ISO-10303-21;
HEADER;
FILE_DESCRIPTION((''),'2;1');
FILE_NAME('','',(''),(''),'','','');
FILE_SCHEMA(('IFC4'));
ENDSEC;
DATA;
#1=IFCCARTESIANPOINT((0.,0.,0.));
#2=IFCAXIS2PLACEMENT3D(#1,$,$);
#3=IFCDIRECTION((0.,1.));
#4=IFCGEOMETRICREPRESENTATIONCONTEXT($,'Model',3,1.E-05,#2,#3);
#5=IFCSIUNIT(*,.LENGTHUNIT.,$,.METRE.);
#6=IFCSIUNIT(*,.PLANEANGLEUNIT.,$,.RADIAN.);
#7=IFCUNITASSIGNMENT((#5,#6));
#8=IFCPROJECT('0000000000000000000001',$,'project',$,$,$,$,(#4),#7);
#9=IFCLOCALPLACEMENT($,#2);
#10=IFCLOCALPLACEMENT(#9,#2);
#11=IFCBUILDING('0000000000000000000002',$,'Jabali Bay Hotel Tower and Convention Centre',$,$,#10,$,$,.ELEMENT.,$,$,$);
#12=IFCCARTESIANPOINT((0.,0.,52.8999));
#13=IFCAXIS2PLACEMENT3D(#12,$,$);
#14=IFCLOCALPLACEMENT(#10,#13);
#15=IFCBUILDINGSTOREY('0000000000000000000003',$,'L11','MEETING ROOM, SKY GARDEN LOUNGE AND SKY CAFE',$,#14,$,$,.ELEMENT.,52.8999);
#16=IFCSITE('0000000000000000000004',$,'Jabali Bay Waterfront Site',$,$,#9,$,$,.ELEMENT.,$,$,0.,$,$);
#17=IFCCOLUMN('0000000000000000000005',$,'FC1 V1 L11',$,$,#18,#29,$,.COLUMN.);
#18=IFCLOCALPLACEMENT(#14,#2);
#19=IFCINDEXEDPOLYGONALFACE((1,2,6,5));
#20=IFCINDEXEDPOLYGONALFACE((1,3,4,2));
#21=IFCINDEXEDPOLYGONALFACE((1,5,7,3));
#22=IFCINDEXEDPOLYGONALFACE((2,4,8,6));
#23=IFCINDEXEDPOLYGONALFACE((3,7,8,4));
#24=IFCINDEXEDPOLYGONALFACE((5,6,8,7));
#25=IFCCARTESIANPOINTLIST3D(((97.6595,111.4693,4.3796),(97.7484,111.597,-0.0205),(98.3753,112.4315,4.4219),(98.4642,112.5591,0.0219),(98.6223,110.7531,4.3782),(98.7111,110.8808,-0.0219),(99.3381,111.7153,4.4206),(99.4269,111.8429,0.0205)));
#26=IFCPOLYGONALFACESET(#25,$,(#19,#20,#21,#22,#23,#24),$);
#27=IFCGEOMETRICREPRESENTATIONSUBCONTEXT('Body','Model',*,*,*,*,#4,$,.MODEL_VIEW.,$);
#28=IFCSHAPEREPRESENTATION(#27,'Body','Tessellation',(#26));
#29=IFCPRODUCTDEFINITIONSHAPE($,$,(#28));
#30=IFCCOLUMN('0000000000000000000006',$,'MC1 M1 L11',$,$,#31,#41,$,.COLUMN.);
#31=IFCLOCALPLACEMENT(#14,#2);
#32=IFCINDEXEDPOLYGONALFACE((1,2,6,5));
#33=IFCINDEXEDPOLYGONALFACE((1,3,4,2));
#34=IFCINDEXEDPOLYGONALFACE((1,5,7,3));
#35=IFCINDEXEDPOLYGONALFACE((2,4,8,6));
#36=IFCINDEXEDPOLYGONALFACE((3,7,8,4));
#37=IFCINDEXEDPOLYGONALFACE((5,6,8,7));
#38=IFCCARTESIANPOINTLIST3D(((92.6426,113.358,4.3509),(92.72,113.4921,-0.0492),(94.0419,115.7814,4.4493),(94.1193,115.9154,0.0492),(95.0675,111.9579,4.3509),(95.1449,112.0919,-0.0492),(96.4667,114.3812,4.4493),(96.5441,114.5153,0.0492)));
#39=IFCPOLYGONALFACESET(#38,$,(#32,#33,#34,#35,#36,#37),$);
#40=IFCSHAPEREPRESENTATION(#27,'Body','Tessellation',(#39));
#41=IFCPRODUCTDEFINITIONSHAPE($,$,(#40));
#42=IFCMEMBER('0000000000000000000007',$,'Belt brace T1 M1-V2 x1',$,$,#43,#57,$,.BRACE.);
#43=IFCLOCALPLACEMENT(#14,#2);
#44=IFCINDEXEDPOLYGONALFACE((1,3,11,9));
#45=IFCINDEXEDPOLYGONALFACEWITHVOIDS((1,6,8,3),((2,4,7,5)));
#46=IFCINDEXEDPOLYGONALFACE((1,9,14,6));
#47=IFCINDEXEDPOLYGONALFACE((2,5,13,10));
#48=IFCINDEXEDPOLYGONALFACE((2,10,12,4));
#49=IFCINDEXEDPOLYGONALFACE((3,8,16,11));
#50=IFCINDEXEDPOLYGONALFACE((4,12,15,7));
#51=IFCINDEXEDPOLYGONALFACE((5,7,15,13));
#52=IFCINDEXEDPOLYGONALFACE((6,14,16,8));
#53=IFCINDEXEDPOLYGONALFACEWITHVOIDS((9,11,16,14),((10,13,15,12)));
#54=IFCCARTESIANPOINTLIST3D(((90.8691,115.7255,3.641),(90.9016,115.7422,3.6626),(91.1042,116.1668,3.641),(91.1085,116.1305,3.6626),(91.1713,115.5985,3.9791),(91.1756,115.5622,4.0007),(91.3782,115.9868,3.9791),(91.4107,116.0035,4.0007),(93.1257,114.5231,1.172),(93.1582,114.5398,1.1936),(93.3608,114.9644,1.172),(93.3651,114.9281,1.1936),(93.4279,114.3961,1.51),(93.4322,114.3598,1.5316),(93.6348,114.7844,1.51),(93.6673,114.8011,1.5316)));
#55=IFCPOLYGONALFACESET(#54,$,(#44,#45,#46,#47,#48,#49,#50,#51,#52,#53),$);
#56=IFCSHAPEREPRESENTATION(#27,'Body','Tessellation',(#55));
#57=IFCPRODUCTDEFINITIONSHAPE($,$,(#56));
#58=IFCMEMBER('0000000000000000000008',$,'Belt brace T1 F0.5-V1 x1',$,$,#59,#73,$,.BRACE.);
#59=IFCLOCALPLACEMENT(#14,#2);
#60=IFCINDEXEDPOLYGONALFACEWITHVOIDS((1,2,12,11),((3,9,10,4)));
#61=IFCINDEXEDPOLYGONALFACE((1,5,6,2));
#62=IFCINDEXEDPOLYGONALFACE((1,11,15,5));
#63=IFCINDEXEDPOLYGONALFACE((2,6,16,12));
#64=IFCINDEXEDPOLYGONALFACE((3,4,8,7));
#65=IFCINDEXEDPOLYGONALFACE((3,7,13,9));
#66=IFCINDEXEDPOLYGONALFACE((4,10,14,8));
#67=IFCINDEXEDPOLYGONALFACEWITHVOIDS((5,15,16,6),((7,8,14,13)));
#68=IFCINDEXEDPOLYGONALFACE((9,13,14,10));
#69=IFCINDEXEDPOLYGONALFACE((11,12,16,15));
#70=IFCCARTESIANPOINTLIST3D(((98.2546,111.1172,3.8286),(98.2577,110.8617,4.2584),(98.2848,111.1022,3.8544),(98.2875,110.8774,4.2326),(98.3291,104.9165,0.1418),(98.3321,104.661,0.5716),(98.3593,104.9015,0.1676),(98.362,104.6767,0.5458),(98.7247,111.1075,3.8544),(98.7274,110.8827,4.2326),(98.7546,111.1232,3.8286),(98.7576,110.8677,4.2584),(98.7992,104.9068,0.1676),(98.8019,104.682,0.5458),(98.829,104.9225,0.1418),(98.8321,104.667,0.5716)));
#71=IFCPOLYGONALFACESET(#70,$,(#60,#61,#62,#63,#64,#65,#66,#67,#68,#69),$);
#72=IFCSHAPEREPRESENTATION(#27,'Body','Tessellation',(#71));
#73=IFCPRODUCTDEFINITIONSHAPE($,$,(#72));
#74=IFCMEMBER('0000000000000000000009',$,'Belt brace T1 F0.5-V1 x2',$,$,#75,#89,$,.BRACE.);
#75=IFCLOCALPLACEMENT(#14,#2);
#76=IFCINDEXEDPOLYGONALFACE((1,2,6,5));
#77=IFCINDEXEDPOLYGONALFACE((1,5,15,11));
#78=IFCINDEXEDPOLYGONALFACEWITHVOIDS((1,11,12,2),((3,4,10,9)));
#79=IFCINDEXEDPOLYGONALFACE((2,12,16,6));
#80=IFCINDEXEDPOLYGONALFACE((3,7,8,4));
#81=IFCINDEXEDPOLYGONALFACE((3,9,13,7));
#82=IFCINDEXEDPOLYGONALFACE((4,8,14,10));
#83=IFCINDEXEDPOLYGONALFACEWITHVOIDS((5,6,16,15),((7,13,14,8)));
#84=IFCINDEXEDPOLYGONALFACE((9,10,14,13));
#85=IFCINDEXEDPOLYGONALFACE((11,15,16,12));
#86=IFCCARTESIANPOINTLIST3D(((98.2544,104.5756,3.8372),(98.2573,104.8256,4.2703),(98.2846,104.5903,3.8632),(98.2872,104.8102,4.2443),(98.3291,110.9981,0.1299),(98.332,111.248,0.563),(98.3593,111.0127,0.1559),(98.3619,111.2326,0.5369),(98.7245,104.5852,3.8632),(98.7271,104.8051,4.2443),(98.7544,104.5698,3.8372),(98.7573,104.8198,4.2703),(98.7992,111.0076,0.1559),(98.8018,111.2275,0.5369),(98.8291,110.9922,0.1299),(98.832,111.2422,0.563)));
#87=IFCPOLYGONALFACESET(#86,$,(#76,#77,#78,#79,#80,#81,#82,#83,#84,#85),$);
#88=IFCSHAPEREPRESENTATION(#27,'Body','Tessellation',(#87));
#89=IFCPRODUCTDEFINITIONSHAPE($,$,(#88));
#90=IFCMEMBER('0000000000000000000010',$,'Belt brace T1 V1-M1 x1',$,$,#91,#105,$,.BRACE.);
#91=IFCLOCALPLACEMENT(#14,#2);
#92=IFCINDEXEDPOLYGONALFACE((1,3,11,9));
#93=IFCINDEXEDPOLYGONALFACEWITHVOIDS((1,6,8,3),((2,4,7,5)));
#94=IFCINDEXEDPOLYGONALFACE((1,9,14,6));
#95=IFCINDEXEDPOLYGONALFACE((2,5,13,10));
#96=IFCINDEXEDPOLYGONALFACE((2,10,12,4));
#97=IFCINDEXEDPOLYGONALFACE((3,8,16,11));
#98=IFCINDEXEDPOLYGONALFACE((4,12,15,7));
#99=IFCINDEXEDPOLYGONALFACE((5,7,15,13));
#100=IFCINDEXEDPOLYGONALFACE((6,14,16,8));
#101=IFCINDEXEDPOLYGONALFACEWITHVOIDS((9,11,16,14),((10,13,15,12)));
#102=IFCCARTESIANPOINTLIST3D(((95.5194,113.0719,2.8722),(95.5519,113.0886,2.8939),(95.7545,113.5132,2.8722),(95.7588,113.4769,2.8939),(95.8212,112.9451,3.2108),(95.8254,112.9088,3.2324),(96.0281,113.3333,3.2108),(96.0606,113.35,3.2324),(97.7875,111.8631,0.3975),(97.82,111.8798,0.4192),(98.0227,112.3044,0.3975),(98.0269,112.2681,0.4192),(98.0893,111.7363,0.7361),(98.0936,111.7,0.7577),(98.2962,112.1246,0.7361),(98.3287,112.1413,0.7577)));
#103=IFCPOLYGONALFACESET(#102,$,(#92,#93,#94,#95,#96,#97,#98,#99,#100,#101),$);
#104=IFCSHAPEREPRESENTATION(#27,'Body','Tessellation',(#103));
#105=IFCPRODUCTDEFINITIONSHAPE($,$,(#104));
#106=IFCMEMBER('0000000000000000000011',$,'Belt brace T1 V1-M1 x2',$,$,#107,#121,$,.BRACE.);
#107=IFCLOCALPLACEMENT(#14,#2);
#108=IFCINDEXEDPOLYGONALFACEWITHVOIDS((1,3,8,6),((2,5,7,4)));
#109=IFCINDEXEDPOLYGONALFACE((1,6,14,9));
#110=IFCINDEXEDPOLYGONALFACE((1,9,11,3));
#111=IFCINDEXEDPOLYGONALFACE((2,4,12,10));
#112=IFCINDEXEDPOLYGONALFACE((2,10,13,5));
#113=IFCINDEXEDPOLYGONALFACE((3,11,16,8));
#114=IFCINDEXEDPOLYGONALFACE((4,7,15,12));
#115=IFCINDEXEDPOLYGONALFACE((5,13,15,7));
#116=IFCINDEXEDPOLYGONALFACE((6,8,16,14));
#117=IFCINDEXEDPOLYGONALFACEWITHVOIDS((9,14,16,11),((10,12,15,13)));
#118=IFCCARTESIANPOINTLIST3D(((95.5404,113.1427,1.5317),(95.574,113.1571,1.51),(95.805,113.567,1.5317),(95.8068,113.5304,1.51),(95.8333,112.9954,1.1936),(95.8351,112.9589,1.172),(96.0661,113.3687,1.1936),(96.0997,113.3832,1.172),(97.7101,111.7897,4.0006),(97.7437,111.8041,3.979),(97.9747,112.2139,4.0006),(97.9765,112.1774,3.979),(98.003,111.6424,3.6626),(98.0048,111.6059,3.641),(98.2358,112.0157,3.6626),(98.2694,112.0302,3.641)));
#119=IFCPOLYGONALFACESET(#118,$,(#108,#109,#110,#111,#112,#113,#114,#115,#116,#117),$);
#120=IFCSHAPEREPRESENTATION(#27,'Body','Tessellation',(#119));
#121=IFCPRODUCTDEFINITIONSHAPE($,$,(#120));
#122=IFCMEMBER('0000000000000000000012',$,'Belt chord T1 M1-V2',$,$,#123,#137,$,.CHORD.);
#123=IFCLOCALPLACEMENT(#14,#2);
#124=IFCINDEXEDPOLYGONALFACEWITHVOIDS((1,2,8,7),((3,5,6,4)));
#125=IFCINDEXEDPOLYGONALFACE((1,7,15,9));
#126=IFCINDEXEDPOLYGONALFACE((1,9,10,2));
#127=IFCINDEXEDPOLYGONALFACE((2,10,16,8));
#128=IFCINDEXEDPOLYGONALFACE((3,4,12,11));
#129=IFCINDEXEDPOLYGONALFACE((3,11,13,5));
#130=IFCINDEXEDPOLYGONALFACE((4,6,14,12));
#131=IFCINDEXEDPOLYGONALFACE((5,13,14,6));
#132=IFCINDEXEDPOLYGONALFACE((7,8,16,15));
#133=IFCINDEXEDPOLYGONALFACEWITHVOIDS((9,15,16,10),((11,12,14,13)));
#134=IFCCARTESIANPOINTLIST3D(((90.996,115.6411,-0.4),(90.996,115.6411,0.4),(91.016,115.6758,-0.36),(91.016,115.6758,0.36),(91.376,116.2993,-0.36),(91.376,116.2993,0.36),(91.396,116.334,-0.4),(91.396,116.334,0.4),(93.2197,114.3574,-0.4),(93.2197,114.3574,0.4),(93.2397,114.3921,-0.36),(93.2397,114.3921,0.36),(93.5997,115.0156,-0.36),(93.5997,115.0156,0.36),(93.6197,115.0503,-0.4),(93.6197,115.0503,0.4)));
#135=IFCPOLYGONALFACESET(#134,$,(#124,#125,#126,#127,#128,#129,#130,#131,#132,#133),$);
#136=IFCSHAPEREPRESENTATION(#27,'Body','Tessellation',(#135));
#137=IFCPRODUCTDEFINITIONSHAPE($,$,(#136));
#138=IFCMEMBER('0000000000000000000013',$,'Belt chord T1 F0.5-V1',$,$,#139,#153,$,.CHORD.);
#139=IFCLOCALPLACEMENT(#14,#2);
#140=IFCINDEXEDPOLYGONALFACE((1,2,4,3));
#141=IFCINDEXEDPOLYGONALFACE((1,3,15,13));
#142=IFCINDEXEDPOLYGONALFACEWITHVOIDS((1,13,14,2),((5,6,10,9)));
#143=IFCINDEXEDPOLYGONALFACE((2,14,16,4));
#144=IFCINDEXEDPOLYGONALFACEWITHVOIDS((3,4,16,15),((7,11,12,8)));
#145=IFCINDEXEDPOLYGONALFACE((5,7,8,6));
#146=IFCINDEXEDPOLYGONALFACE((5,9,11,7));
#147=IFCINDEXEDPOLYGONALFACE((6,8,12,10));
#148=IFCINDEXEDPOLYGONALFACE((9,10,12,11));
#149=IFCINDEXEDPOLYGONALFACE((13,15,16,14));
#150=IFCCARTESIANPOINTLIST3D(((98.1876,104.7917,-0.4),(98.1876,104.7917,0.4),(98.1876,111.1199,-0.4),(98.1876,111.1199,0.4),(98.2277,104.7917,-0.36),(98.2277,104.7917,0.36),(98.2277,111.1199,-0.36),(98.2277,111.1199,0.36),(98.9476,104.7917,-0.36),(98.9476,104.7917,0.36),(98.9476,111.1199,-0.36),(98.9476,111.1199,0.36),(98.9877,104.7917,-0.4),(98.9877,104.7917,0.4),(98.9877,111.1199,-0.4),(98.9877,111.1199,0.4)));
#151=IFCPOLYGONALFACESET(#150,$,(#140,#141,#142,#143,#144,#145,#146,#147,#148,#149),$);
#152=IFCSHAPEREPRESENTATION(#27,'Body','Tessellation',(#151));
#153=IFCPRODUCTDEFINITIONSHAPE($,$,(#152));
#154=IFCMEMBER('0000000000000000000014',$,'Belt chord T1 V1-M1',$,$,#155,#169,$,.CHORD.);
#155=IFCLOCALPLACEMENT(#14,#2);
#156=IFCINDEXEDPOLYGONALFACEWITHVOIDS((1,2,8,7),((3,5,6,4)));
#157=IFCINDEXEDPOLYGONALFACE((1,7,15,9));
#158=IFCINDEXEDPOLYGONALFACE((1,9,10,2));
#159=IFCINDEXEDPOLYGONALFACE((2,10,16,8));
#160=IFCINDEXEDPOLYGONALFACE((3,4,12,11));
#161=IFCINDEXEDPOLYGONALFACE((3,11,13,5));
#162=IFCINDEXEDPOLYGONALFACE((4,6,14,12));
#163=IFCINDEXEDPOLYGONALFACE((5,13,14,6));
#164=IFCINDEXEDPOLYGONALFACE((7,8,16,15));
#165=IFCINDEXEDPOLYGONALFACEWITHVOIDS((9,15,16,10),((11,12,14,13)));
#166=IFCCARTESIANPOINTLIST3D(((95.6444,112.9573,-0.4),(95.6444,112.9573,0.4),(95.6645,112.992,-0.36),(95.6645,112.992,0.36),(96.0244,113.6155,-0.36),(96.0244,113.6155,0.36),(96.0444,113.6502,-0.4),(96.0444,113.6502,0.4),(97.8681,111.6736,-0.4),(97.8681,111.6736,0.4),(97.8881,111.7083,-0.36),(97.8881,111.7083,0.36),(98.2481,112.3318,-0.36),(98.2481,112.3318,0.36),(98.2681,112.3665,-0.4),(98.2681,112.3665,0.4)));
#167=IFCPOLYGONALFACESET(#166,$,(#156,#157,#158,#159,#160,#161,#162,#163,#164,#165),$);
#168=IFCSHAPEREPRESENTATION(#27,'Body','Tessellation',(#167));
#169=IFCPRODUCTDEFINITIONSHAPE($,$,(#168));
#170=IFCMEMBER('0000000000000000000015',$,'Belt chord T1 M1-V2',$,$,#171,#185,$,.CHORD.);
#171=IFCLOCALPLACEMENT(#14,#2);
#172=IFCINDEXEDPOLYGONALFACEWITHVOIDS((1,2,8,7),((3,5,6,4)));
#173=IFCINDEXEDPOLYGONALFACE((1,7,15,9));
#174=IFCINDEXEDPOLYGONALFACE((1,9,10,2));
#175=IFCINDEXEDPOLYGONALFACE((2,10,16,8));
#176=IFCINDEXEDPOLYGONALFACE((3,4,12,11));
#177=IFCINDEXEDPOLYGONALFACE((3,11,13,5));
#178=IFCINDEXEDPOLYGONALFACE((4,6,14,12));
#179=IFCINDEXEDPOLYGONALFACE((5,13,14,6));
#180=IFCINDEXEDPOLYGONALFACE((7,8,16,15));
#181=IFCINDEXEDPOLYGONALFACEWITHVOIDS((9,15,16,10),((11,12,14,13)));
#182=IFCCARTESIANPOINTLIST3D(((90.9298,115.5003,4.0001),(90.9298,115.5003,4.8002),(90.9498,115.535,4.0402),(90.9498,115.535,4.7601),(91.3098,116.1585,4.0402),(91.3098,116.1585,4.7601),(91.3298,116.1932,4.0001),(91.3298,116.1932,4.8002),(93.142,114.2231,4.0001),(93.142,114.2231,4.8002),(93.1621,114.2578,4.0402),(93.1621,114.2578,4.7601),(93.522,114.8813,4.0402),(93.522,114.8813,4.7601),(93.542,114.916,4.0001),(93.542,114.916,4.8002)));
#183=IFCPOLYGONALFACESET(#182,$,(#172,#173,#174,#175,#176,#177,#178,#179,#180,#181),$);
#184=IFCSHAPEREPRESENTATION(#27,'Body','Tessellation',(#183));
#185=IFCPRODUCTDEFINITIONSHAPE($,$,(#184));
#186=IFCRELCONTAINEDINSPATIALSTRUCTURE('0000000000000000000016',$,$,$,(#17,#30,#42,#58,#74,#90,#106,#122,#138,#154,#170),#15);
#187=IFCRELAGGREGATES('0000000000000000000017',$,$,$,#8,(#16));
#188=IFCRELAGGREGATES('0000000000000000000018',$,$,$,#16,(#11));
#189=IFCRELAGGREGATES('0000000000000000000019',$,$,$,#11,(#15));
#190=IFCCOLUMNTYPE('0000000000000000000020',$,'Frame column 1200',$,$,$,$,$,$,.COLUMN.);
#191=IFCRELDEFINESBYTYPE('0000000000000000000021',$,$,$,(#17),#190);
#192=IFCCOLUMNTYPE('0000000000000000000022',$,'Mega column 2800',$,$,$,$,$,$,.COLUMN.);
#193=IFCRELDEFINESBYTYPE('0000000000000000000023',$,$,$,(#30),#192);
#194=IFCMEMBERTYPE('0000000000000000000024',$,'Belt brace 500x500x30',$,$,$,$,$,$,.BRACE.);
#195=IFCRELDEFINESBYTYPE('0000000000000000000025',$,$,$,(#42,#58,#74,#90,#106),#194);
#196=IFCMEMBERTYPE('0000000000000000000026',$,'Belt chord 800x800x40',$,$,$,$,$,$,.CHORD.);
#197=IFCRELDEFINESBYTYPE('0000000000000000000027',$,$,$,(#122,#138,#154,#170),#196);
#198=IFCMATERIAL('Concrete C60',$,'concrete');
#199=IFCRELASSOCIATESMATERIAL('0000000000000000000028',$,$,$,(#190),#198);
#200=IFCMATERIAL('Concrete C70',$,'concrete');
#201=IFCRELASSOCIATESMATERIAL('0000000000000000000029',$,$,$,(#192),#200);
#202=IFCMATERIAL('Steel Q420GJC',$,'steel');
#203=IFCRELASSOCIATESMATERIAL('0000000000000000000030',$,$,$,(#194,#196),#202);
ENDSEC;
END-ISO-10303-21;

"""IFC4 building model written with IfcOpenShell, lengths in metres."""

from ifc_helpers import new_model, si_unit, direction, frame, origin, origin_2d, place, context, subcontext, project, spatial, rectangle, hollow_rectangle, extrude, material, material_profile, profile_set, type_object, element, save


model = new_model("IFC4")

# Units and contexts
model_context = context("Model", 3, precision=1e-05, world=origin(), true_north=direction((0.0, 1.0)))
body_context = subcontext(model_context, "Body", "Model", "MODEL_VIEW")
ifc_project = project(units=[si_unit("LENGTHUNIT", "METRE"), si_unit("PLANEANGLEUNIT", "RADIAN")], contexts=[model_context])

# Site, building, storey
site_placement = place(None, origin())
site = spatial("IfcSite", under=ifc_project, at=site_placement, Name="Jabali Bay Waterfront Site", CompositionType="ELEMENT", RefElevation=0.0)
building_placement = place(site_placement, origin())
building = spatial("IfcBuilding", under=site, at=building_placement, Name="Jabali Bay Hotel Tower and Convention Centre", CompositionType="ELEMENT")
storey_placement = place(building_placement, frame((0.0, 0.0, 52.8999)))
storey = spatial("IfcBuildingStorey", under=building, at=storey_placement, Name="L11", Description="MEETING ROOM, SKY GARDEN LOUNGE AND SKY CAFE", CompositionType="ELEMENT", Elevation=52.8999)

# Columns
ifc_material_1 = material(Name="Concrete C60", Category="concrete")
ifc_material_profile_1 = material_profile(ifc_material_1, rectangle(XDim=1.2, YDim=1.2, at=origin_2d()), Name="Frame column 1200")
ifc_profile_set_1 = profile_set([ifc_material_profile_1], Name="Concrete C60")
column_type_1 = type_object("IfcColumnType", Name="Frame column 1200", PredefinedType="COLUMN", material=ifc_profile_set_1)
column_1_placement = place(storey_placement, frame((98.5876, 111.72, 0.0), z_axis=(-0.020184, -0.029, 0.999376), x_axis=(0.596523, 0.801818, 0.035315)))
element("IfcColumn", 1, at=column_1_placement, inside=storey, type_object=column_type_1, Name="FC1 V1 L11", PredefinedType="COLUMN", context=body_context, shape_type="SweptSolid", body=[
    extrude(rectangle(XDim=1.2, YDim=1.2, at=origin_2d()), origin(), (0.0, 0.0, 1.0), 4.4028),
])
ifc_material_2 = material(Name="Concrete C70", Category="concrete")
ifc_material_profile_2 = material_profile(ifc_material_2, rectangle(XDim=2.8, YDim=2.8, at=origin_2d()), Name="Mega column 2800")
ifc_profile_set_2 = profile_set([ifc_material_profile_2], Name="Concrete C70")
column_type_2 = type_object("IfcColumnType", Name="Mega column 2800", PredefinedType="COLUMN", material=ifc_profile_set_2)
column_2_placement = place(storey_placement, frame((94.6321, 114.0037, 0.0), z_axis=(-0.017578, -0.030442, 0.999382), x_axis=(0.499733, 0.865466, 0.035153)))
element("IfcColumn", 2, at=column_2_placement, inside=storey, type_object=column_type_2, Name="MC1 M1 L11", PredefinedType="COLUMN", context=body_context, shape_type="SweptSolid", body=[
    extrude(rectangle(XDim=2.8, YDim=2.8, at=origin_2d()), origin(), (0.0, 0.0, 1.0), 4.4028),
])

# Members
ifc_material_3 = material(Name="Steel Q420GJC", Category="steel")
ifc_material_profile_3 = material_profile(ifc_material_3, hollow_rectangle(XDim=0.5, YDim=0.5, WallThickness=0.03, at=origin_2d()), Name="Belt brace 500x500x30")
ifc_profile_set_3 = profile_set([ifc_material_profile_3], Name="Steel Q420GJC")
member_type_1 = type_object("IfcMemberType", Name="Belt brace 500x500x30", PredefinedType="BRACE", material=ifc_profile_set_3)
member_1_placement = place(storey_placement, frame((93.3965, 114.6621, 1.3518), z_axis=(-0.63487, 0.338281, 0.694627), x_axis=(-0.470246, -0.882535, 0.0)))
element("IfcMember", 3, at=member_1_placement, inside=storey, type_object=member_type_1, Name="Belt brace T1 M1-V2 x1", PredefinedType="BRACE", context=body_context, shape_type="SweptSolid", body=[
    extrude(hollow_rectangle(XDim=0.5, YDim=0.5, WallThickness=0.03, at=origin_2d()), origin(), (0.0, 0.0, 1.0), 3.5544),
])
member_2_placement = place(storey_placement, frame((98.5806, 104.7917, 0.3567), z_axis=(-0.010322, 0.859498, 0.511035), x_axis=(-0.999928, -0.012008, 0.0)))
element("IfcMember", 4, at=member_2_placement, inside=storey, type_object=member_type_1, Name="Belt brace T1 F0.5-V1 x1", PredefinedType="BRACE", context=body_context, shape_type="SweptSolid", body=[
    extrude(hollow_rectangle(XDim=0.5, YDim=0.5, WallThickness=0.03, at=origin_2d()), origin(), (0.0, 0.0, 1.0), 7.2144),
])
member_3_placement = place(storey_placement, frame((98.5806, 111.1201, 0.3464), z_axis=(-0.010074, -0.866021, 0.499906), x_axis=(0.999932, -0.011632, 0.0)))
element("IfcMember", 5, at=member_3_placement, inside=storey, type_object=member_type_1, Name="Belt brace T1 F0.5-V1 x2", PredefinedType="BRACE", context=body_context, shape_type="SweptSolid", body=[
    extrude(hollow_rectangle(XDim=0.5, YDim=0.5, WallThickness=0.03, at=origin_2d()), origin(), (0.0, 0.0, 1.0), 7.416),
])
member_4_placement = place(storey_placement, frame((98.0581, 112.0022, 0.5776), z_axis=(-0.635713, 0.338796, 0.693604), x_axis=(-0.470317, -0.882498, 0.0)))
element("IfcMember", 6, at=member_4_placement, inside=storey, type_object=member_type_1, Name="Belt brace T1 V1-M1 x1", PredefinedType="BRACE", context=body_context, shape_type="SweptSolid", body=[
    extrude(hollow_rectangle(XDim=0.5, YDim=0.5, WallThickness=0.03, at=origin_2d()), origin(), (0.0, 0.0, 1.0), 3.5679),
])
member_5_placement = place(storey_placement, frame((95.8201, 113.2629, 1.3518), z_axis=(0.610412, -0.380657, 0.694621), x_axis=(0.529149, 0.848529, 0.0)))
element("IfcMember", 7, at=member_5_placement, inside=storey, type_object=member_type_1, Name="Belt brace T1 V1-M1 x2", PredefinedType="BRACE", context=body_context, shape_type="SweptSolid", body=[
    extrude(hollow_rectangle(XDim=0.5, YDim=0.5, WallThickness=0.03, at=origin_2d()), origin(), (0.0, 0.0, 1.0), 3.5544),
])
ifc_material_profile_4 = material_profile(ifc_material_3, hollow_rectangle(XDim=0.8, YDim=0.8, WallThickness=0.04, at=origin_2d()), Name="Belt chord 800x800x40")
ifc_profile_set_4 = profile_set([ifc_material_profile_4], Name="Steel Q420GJC")
member_type_2 = type_object("IfcMemberType", Name="Belt chord 800x800x40", PredefinedType="CHORD", material=ifc_profile_set_4)
member_6_placement = place(storey_placement, frame((93.4197, 114.7039, 0.0), z_axis=(-0.866046, 0.499964, 0.0), x_axis=(-0.499964, -0.866046, 0.0)))
element("IfcMember", 8, at=member_6_placement, inside=storey, type_object=member_type_2, Name="Belt chord T1 M1-V2", PredefinedType="CHORD", context=body_context, shape_type="SweptSolid", body=[
    extrude(hollow_rectangle(XDim=0.8, YDim=0.8, WallThickness=0.04, at=origin_2d()), origin(), (0.0, 0.0, 1.0), 2.5676),
])
member_7_placement = place(storey_placement, frame((98.5876, 104.7917, 0.0), z_axis=(0.0, 1.0, 0.0), x_axis=(-1.0, 0.0, 0.0)))
element("IfcMember", 9, at=member_7_placement, inside=storey, type_object=member_type_2, Name="Belt chord T1 F0.5-V1", PredefinedType="CHORD", context=body_context, shape_type="SweptSolid", body=[
    extrude(hollow_rectangle(XDim=0.8, YDim=0.8, WallThickness=0.04, at=origin_2d()), origin(), (0.0, 0.0, 1.0), 6.3281),
])
member_8_placement = place(storey_placement, frame((98.0681, 112.02, 0.0), z_axis=(-0.866046, 0.499964, 0.0), x_axis=(-0.499964, -0.866046, 0.0)))
element("IfcMember", 10, at=member_8_placement, inside=storey, type_object=member_type_2, Name="Belt chord T1 V1-M1", PredefinedType="CHORD", context=body_context, shape_type="SweptSolid", body=[
    extrude(hollow_rectangle(XDim=0.8, YDim=0.8, WallThickness=0.04, at=origin_2d()), origin(), (0.0, 0.0, 1.0), 2.5676),
])
member_9_placement = place(storey_placement, frame((93.342, 114.5696, 4.4001), z_axis=(-0.866041, 0.499973, 0.0), x_axis=(-0.499973, -0.866041, 0.0)))
element("IfcMember", 11, at=member_9_placement, inside=storey, type_object=member_type_2, Name="Belt chord T1 M1-V2", PredefinedType="CHORD", context=body_context, shape_type="SweptSolid", body=[
    extrude(hollow_rectangle(XDim=0.8, YDim=0.8, WallThickness=0.04, at=origin_2d()), origin(), (0.0, 0.0, 1.0), 2.5544),
])

save(model, "model.ifc")
